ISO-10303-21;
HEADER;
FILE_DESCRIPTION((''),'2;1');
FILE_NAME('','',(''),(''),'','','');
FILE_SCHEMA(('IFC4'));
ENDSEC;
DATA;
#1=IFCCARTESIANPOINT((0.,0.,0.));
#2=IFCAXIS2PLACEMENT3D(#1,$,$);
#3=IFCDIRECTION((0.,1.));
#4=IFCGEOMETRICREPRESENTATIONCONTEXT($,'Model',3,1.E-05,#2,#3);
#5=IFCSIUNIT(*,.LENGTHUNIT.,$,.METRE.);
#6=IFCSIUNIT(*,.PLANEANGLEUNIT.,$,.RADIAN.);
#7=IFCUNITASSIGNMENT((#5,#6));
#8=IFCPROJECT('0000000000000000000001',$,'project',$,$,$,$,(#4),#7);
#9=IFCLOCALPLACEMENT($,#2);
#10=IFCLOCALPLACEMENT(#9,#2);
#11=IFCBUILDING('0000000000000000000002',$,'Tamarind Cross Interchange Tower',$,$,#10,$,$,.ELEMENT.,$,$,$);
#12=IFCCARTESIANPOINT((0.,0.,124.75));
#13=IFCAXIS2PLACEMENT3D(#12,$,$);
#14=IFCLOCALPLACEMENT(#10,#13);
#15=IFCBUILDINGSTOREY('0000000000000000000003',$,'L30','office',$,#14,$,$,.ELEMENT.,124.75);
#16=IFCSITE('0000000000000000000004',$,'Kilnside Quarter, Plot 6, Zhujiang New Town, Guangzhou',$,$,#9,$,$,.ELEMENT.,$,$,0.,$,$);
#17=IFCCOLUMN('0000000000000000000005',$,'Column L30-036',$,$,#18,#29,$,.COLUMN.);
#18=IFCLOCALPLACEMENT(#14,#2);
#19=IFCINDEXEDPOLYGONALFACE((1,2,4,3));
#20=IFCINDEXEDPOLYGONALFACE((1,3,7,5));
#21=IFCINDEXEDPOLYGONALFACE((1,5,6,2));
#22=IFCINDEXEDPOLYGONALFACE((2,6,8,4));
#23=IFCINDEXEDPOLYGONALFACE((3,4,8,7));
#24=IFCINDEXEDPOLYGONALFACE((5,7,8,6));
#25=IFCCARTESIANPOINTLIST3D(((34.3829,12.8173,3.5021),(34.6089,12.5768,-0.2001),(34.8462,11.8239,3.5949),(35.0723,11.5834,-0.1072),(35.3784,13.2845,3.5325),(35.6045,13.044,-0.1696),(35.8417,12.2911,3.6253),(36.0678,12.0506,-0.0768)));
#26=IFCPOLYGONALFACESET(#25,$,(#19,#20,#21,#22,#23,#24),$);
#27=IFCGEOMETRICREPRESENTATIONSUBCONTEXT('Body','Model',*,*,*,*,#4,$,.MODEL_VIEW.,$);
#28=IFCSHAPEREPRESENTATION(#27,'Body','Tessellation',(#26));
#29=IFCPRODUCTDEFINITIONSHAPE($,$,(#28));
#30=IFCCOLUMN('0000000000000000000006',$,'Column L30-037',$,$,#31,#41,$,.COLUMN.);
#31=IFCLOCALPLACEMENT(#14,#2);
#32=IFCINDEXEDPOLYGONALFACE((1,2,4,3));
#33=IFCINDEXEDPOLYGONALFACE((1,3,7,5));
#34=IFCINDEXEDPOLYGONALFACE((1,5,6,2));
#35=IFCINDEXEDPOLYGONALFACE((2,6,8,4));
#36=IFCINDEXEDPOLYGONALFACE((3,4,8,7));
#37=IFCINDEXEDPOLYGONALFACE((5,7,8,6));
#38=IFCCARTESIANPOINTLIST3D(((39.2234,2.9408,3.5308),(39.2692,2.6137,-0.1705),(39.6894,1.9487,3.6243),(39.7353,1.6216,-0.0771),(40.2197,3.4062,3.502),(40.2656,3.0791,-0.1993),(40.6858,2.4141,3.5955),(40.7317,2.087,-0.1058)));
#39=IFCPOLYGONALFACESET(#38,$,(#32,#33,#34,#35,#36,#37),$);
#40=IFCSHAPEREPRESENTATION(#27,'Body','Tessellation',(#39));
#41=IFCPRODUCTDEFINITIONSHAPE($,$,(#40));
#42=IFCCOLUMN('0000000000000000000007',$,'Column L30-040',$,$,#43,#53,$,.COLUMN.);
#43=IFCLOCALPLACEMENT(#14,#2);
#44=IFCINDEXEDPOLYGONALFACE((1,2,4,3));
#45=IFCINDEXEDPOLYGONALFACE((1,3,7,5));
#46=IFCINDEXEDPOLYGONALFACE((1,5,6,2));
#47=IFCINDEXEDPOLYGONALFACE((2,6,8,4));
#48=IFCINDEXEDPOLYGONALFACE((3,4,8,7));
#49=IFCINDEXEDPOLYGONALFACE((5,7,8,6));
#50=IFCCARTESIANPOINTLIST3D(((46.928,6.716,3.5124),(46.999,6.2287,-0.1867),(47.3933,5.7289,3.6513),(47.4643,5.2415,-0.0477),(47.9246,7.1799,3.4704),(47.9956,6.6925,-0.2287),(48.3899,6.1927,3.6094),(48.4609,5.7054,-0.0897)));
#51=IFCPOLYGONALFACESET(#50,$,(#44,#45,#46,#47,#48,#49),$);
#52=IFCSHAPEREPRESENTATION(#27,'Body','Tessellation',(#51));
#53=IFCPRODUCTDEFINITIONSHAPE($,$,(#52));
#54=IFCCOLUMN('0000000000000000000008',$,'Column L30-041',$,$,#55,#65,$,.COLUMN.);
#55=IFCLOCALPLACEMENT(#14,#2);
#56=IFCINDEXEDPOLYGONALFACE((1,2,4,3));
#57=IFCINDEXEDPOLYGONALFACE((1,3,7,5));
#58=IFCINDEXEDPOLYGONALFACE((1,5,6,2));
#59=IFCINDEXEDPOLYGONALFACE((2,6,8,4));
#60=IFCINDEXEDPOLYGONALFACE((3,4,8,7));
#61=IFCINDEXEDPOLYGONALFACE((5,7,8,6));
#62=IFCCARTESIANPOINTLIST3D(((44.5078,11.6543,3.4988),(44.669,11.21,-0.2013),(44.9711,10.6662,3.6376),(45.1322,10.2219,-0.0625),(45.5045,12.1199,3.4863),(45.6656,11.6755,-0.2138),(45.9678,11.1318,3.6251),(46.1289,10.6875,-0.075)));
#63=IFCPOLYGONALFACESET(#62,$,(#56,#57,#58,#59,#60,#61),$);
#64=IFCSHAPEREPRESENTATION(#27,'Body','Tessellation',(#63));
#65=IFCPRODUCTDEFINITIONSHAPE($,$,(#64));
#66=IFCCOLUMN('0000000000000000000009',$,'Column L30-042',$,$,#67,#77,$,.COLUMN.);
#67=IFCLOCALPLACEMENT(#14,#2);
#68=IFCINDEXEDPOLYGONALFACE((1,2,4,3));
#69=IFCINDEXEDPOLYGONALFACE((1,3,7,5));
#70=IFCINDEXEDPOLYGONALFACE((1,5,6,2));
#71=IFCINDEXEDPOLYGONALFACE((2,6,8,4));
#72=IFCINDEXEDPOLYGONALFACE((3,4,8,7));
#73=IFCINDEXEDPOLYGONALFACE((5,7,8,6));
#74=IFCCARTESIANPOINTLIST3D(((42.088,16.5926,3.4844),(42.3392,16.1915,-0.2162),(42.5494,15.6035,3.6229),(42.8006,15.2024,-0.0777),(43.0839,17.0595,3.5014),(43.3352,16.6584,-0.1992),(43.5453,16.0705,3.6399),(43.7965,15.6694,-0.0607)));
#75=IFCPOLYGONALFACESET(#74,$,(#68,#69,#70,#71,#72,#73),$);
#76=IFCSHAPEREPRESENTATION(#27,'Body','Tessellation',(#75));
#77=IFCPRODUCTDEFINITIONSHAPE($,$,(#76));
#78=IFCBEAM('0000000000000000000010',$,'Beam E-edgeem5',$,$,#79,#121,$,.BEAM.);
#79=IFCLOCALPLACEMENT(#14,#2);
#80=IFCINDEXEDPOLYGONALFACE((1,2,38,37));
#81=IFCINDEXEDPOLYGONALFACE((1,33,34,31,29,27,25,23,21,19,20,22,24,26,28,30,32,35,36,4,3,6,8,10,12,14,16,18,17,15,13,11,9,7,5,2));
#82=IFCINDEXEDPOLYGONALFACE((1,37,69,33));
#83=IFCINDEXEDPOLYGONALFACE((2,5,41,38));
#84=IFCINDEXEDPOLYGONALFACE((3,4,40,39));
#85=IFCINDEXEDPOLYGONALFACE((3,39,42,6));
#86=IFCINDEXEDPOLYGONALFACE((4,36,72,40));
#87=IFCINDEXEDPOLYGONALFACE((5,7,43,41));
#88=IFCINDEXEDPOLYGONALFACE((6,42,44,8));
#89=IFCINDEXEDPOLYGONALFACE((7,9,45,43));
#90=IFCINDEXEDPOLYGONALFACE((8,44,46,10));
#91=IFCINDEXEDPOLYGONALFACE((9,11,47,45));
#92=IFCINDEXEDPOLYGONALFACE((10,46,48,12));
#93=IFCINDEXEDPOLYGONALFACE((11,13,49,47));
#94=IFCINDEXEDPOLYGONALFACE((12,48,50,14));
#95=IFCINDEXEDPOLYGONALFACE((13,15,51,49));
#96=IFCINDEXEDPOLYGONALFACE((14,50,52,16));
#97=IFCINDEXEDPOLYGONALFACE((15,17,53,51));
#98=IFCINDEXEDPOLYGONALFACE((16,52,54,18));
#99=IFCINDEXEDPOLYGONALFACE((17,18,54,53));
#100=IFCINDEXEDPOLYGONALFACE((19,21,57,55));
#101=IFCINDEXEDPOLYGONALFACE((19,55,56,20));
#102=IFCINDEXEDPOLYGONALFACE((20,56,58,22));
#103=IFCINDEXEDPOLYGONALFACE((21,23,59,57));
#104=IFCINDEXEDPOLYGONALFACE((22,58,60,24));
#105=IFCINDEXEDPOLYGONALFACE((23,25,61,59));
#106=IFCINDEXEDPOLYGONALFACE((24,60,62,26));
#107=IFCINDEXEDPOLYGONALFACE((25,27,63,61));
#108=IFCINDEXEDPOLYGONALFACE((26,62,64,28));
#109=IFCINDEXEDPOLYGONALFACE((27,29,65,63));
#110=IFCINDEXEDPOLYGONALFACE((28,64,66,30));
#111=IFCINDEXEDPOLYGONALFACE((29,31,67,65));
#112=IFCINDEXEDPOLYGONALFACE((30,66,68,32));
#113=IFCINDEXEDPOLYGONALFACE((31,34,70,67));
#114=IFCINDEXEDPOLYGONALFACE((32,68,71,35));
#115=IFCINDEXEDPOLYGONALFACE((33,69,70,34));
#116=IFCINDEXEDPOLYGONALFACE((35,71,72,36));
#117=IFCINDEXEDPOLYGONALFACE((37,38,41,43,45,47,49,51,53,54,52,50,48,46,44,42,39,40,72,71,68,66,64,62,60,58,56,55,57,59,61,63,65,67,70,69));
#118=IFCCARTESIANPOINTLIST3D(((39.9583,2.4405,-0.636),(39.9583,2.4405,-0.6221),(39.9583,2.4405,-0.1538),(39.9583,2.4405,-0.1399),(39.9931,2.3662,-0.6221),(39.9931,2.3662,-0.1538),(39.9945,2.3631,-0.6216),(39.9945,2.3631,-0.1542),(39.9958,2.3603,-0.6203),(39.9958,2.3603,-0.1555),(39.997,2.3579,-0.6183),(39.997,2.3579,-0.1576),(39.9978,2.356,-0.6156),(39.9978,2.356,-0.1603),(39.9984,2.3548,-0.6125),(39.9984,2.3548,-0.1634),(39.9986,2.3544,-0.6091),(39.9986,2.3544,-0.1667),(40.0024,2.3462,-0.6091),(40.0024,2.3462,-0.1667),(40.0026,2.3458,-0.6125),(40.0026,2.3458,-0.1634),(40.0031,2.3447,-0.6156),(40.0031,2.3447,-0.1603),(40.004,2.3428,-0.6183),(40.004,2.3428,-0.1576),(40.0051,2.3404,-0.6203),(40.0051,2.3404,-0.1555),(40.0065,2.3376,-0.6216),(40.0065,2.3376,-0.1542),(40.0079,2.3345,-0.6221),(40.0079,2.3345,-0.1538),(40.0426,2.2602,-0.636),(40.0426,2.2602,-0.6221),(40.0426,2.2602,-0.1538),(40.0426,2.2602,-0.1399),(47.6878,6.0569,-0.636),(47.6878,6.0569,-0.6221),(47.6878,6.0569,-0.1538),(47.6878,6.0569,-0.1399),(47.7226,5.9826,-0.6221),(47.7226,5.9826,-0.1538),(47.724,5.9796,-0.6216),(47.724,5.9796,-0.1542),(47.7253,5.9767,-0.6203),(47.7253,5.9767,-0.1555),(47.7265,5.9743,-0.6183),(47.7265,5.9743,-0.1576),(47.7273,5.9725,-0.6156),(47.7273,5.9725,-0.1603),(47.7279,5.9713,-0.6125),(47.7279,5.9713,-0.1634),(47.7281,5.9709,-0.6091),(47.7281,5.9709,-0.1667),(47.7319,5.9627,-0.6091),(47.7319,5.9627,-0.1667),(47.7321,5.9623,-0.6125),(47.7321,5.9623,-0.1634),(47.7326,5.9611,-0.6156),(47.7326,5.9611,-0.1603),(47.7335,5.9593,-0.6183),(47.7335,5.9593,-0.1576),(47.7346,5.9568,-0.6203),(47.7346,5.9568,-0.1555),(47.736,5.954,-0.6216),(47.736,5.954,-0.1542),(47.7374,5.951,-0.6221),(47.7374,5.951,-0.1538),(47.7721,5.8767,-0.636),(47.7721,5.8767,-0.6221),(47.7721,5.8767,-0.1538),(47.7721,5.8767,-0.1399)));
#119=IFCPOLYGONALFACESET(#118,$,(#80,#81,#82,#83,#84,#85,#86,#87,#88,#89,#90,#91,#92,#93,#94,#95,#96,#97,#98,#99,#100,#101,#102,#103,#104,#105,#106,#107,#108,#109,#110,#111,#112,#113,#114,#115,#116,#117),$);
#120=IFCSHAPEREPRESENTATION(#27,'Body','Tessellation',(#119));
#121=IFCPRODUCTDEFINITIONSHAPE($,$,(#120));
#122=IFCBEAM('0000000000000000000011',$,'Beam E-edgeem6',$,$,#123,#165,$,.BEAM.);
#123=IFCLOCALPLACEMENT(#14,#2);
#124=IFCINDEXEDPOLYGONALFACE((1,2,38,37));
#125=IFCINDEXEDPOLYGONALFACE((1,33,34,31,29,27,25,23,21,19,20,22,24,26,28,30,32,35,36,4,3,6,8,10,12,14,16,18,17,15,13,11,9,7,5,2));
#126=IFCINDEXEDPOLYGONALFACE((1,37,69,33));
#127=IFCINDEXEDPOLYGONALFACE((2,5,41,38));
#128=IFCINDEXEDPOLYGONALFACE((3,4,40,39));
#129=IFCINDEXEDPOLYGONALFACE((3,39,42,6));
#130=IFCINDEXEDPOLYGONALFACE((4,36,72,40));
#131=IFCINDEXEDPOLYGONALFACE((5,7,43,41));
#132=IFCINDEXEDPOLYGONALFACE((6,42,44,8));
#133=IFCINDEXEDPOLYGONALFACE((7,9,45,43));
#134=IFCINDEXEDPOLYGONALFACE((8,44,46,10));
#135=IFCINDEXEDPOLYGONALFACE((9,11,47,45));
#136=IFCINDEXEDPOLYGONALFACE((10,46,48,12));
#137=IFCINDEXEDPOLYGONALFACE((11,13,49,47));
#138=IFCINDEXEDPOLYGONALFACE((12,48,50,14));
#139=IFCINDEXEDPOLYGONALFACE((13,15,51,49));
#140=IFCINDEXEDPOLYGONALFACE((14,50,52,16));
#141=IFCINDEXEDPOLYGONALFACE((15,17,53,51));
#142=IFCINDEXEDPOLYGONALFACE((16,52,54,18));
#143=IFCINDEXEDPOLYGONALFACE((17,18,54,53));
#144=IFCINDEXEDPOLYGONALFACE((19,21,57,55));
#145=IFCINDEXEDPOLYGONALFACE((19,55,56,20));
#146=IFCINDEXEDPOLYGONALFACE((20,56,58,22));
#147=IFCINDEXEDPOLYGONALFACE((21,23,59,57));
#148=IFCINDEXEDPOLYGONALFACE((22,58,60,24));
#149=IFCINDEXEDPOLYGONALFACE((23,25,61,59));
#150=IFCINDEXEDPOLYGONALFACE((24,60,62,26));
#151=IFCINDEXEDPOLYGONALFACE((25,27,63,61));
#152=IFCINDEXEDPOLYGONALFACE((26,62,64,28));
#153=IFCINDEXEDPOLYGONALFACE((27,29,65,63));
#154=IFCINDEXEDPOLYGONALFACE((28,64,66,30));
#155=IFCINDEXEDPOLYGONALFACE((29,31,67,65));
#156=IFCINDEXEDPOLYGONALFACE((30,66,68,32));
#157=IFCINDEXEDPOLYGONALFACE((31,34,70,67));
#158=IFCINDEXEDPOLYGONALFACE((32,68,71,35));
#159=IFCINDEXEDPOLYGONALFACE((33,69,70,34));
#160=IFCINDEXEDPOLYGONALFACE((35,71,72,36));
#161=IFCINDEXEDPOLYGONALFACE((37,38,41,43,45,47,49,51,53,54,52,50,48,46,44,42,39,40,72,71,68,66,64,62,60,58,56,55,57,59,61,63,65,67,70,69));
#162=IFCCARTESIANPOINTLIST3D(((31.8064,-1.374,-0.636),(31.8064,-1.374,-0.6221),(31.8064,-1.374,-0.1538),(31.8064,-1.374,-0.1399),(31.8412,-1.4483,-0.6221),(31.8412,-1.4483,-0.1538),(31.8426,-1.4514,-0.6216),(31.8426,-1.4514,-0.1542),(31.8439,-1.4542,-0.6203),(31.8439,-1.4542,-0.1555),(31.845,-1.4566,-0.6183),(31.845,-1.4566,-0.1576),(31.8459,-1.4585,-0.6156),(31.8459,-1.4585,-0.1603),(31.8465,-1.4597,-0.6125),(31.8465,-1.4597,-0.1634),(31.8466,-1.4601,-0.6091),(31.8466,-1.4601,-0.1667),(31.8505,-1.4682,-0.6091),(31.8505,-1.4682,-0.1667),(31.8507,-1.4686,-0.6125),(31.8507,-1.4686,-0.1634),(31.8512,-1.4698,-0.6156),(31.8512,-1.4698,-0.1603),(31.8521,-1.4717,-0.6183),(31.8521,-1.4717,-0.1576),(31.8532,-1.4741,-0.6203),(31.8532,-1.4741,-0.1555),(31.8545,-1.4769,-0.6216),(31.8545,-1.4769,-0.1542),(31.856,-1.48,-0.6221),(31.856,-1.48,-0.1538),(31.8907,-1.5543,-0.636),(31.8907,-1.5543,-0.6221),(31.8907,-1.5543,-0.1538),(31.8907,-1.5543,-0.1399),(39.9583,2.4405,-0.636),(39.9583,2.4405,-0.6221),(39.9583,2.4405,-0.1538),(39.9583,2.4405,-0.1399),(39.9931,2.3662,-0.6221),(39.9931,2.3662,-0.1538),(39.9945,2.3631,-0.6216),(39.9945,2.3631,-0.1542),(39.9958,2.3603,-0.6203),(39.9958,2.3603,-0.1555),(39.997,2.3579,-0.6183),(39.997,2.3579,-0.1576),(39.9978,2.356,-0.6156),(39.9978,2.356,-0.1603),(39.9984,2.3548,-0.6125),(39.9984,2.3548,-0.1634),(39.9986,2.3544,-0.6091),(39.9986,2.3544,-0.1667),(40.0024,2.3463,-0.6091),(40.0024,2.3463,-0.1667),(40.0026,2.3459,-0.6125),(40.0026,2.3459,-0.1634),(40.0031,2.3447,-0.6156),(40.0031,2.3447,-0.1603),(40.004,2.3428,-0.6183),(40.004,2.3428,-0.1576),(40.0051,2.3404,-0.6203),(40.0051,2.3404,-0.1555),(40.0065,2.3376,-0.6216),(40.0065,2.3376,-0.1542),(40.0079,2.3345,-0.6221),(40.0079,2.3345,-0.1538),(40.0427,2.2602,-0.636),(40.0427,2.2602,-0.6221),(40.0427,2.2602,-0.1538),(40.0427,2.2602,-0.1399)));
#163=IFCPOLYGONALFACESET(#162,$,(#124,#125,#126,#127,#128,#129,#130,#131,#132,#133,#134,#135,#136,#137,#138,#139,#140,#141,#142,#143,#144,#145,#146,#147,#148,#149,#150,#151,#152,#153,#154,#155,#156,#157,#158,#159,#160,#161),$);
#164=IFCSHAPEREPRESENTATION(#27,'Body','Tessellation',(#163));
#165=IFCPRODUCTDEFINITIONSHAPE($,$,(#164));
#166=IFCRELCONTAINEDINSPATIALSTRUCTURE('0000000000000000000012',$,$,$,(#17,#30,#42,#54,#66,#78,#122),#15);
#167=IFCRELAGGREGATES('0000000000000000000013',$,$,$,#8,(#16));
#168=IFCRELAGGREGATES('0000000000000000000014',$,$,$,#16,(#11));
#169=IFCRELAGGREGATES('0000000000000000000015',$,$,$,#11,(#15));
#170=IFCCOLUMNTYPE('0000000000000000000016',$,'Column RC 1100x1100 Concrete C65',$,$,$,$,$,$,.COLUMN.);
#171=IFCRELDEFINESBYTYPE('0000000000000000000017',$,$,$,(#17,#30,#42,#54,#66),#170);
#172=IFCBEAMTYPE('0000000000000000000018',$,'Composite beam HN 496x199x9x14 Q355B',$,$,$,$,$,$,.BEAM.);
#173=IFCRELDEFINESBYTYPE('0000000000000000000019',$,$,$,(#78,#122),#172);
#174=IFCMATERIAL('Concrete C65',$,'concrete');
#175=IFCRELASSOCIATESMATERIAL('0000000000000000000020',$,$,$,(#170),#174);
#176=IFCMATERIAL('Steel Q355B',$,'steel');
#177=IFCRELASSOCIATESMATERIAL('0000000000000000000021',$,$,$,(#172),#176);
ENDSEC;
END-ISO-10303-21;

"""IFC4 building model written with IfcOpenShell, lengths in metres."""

from ifc_helpers import new_model, si_unit, direction, frame, origin, origin_2d, place, context, subcontext, project, spatial, rectangle, i_section, extrude, material, material_profile, profile_set, type_object, element, save


model = new_model("IFC4")

# Units and contexts
model_context = context("Model", 3, precision=1e-05, world=origin(), true_north=direction((0.0, 1.0)))
body_context = subcontext(model_context, "Body", "Model", "MODEL_VIEW")
ifc_project = project(units=[si_unit("LENGTHUNIT", "METRE"), si_unit("PLANEANGLEUNIT", "RADIAN")], contexts=[model_context])

# Site, building, storey
site_placement = place(None, origin())
site = spatial("IfcSite", under=ifc_project, at=site_placement, Name="Kilnside Quarter, Plot 6, Zhujiang New Town, Guangzhou", CompositionType="ELEMENT", RefElevation=0.0)
building_placement = place(site_placement, origin())
building = spatial("IfcBuilding", under=site, at=building_placement, Name="Tamarind Cross Interchange Tower", CompositionType="ELEMENT")
storey_placement = place(building_placement, frame((0.0, 0.0, 124.75)))
storey = spatial("IfcBuildingStorey", under=building, at=storey_placement, Name="L30", Description="office", CompositionType="ELEMENT", Elevation=124.75)

# Columns
ifc_material_1 = material(Name="Concrete C65", Category="concrete")
ifc_material_profile_1 = material_profile(ifc_material_1, rectangle(XDim=1.1001, YDim=1.1001, at=origin_2d()), Name="RC 1100x1100")
ifc_profile_set_1 = profile_set([ifc_material_profile_1], Name="Concrete C65")
column_type = type_object("IfcColumnType", Name="Column RC 1100x1100 Concrete C65", PredefinedType="COLUMN", material=ifc_profile_set_1)
column_1_placement = place(storey_placement, frame((35.3384, 12.3137, -0.1384), z_axis=(-0.060824, 0.0647, 0.996049), x_axis=(0.421198, -0.903035, 0.084379)))
element("IfcColumn", 1, at=column_1_placement, inside=storey, type_object=column_type, Name="Column L30-036", PredefinedType="COLUMN", context=body_context, shape_type="SweptSolid", body=[
    extrude(rectangle(XDim=1.1001, YDim=1.1001, at=origin_2d()), origin(), (0.0, 0.0, 1.0), 3.7168),
])
column_2_placement = place(storey_placement, frame((40.0005, 2.3503, -0.1382), z_axis=(-0.012351, 0.088035, 0.996041), x_axis=(-0.905727, -0.423053, 0.02616)))
element("IfcColumn", 2, at=column_2_placement, inside=storey, type_object=column_type, Name="Column L30-037", PredefinedType="COLUMN", context=body_context, shape_type="SweptSolid", body=[
    extrude(rectangle(XDim=1.1001, YDim=1.1001, at=origin_2d()), origin(), (0.0, 0.0, 1.0), 3.7161),
])
column_3_placement = place(storey_placement, frame((47.73, 5.967, -0.1382), z_axis=(-0.019039, 0.130588, 0.991254), x_axis=(-0.905942, -0.42168, 0.038152)))
element("IfcColumn", 3, at=column_3_placement, inside=storey, type_object=column_type, Name="Column L30-040", PredefinedType="COLUMN", context=body_context, shape_type="SweptSolid", body=[
    extrude(rectangle(XDim=1.1001, YDim=1.1001, at=origin_2d()), origin(), (0.0, 0.0, 1.0), 3.7317),
])
column_4_placement = place(storey_placement, frame((45.3989, 10.9487, -0.1382), z_axis=(-0.043196, 0.119117, 0.99194), x_axis=(-0.90597, -0.423188, 0.011366)))
element("IfcColumn", 4, at=column_4_placement, inside=storey, type_object=column_type, Name="Column L30-041", PredefinedType="COLUMN", context=body_context, shape_type="SweptSolid", body=[
    extrude(rectangle(XDim=1.1001, YDim=1.1001, at=origin_2d()), origin(), (0.0, 0.0, 1.0), 3.7302),
])
column_5_placement = place(storey_placement, frame((43.0679, 15.9304, -0.1384), z_axis=(-0.067336, 0.107516, 0.99192), x_axis=(0.419376, -0.899038, 0.125917)))
element("IfcColumn", 5, at=column_5_placement, inside=storey, type_object=column_type, Name="Column L30-042", PredefinedType="COLUMN", context=body_context, shape_type="SweptSolid", body=[
    extrude(rectangle(XDim=1.1001, YDim=1.1001, at=origin_2d()), origin(), (0.0, 0.0, 1.0), 3.7307),
])

# Beams
ifc_material_2 = material(Name="Steel Q355B", Category="steel")
ifc_material_profile_2 = material_profile(ifc_material_2, i_section(OverallWidth=0.199, OverallDepth=0.4961, WebThickness=0.009, FlangeThickness=0.0139, FilletRadius=0.0129, at=origin_2d()), Name="HN 496x199x9x14")
ifc_profile_set_2 = profile_set([ifc_material_profile_2], Name="Steel Q355B")
beam_type_1 = type_object("IfcBeamType", Name="Composite beam HN 496x199x9x14 Q355B", PredefinedType="BEAM", material=ifc_profile_set_2)
beam_1_placement = place(storey_placement, frame((47.73, 5.9668, -0.3879), z_axis=(-0.905762, -0.423786, 0.0), x_axis=(0.423786, -0.905762, 0.0)))
element("IfcBeam", 6, at=beam_1_placement, inside=storey, type_object=beam_type_1, Name="Beam E-edgeem5", PredefinedType="BEAM", context=body_context, shape_type="SweptSolid", body=[
    extrude(i_section(OverallWidth=0.199, OverallDepth=0.4961, WebThickness=0.009, FlangeThickness=0.0139, FilletRadius=0.0129, at=origin_2d()), origin(), (0.0, 0.0, 1.0), 8.5337),
])
beam_2_placement = place(storey_placement, frame((40.0005, 2.3503, -0.3879), z_axis=(-0.905746, -0.423821, 0.0), x_axis=(0.423821, -0.905746, 0.0)))
element("IfcBeam", 7, at=beam_2_placement, inside=storey, type_object=beam_type_1, Name="Beam E-edgeem6", PredefinedType="BEAM", context=body_context, shape_type="SweptSolid", body=[
    extrude(i_section(OverallWidth=0.199, OverallDepth=0.4961, WebThickness=0.009, FlangeThickness=0.0139, FilletRadius=0.0129, at=origin_2d()), origin(), (0.0, 0.0, 1.0), 9.0002),
])

save(model, "model.ifc")
